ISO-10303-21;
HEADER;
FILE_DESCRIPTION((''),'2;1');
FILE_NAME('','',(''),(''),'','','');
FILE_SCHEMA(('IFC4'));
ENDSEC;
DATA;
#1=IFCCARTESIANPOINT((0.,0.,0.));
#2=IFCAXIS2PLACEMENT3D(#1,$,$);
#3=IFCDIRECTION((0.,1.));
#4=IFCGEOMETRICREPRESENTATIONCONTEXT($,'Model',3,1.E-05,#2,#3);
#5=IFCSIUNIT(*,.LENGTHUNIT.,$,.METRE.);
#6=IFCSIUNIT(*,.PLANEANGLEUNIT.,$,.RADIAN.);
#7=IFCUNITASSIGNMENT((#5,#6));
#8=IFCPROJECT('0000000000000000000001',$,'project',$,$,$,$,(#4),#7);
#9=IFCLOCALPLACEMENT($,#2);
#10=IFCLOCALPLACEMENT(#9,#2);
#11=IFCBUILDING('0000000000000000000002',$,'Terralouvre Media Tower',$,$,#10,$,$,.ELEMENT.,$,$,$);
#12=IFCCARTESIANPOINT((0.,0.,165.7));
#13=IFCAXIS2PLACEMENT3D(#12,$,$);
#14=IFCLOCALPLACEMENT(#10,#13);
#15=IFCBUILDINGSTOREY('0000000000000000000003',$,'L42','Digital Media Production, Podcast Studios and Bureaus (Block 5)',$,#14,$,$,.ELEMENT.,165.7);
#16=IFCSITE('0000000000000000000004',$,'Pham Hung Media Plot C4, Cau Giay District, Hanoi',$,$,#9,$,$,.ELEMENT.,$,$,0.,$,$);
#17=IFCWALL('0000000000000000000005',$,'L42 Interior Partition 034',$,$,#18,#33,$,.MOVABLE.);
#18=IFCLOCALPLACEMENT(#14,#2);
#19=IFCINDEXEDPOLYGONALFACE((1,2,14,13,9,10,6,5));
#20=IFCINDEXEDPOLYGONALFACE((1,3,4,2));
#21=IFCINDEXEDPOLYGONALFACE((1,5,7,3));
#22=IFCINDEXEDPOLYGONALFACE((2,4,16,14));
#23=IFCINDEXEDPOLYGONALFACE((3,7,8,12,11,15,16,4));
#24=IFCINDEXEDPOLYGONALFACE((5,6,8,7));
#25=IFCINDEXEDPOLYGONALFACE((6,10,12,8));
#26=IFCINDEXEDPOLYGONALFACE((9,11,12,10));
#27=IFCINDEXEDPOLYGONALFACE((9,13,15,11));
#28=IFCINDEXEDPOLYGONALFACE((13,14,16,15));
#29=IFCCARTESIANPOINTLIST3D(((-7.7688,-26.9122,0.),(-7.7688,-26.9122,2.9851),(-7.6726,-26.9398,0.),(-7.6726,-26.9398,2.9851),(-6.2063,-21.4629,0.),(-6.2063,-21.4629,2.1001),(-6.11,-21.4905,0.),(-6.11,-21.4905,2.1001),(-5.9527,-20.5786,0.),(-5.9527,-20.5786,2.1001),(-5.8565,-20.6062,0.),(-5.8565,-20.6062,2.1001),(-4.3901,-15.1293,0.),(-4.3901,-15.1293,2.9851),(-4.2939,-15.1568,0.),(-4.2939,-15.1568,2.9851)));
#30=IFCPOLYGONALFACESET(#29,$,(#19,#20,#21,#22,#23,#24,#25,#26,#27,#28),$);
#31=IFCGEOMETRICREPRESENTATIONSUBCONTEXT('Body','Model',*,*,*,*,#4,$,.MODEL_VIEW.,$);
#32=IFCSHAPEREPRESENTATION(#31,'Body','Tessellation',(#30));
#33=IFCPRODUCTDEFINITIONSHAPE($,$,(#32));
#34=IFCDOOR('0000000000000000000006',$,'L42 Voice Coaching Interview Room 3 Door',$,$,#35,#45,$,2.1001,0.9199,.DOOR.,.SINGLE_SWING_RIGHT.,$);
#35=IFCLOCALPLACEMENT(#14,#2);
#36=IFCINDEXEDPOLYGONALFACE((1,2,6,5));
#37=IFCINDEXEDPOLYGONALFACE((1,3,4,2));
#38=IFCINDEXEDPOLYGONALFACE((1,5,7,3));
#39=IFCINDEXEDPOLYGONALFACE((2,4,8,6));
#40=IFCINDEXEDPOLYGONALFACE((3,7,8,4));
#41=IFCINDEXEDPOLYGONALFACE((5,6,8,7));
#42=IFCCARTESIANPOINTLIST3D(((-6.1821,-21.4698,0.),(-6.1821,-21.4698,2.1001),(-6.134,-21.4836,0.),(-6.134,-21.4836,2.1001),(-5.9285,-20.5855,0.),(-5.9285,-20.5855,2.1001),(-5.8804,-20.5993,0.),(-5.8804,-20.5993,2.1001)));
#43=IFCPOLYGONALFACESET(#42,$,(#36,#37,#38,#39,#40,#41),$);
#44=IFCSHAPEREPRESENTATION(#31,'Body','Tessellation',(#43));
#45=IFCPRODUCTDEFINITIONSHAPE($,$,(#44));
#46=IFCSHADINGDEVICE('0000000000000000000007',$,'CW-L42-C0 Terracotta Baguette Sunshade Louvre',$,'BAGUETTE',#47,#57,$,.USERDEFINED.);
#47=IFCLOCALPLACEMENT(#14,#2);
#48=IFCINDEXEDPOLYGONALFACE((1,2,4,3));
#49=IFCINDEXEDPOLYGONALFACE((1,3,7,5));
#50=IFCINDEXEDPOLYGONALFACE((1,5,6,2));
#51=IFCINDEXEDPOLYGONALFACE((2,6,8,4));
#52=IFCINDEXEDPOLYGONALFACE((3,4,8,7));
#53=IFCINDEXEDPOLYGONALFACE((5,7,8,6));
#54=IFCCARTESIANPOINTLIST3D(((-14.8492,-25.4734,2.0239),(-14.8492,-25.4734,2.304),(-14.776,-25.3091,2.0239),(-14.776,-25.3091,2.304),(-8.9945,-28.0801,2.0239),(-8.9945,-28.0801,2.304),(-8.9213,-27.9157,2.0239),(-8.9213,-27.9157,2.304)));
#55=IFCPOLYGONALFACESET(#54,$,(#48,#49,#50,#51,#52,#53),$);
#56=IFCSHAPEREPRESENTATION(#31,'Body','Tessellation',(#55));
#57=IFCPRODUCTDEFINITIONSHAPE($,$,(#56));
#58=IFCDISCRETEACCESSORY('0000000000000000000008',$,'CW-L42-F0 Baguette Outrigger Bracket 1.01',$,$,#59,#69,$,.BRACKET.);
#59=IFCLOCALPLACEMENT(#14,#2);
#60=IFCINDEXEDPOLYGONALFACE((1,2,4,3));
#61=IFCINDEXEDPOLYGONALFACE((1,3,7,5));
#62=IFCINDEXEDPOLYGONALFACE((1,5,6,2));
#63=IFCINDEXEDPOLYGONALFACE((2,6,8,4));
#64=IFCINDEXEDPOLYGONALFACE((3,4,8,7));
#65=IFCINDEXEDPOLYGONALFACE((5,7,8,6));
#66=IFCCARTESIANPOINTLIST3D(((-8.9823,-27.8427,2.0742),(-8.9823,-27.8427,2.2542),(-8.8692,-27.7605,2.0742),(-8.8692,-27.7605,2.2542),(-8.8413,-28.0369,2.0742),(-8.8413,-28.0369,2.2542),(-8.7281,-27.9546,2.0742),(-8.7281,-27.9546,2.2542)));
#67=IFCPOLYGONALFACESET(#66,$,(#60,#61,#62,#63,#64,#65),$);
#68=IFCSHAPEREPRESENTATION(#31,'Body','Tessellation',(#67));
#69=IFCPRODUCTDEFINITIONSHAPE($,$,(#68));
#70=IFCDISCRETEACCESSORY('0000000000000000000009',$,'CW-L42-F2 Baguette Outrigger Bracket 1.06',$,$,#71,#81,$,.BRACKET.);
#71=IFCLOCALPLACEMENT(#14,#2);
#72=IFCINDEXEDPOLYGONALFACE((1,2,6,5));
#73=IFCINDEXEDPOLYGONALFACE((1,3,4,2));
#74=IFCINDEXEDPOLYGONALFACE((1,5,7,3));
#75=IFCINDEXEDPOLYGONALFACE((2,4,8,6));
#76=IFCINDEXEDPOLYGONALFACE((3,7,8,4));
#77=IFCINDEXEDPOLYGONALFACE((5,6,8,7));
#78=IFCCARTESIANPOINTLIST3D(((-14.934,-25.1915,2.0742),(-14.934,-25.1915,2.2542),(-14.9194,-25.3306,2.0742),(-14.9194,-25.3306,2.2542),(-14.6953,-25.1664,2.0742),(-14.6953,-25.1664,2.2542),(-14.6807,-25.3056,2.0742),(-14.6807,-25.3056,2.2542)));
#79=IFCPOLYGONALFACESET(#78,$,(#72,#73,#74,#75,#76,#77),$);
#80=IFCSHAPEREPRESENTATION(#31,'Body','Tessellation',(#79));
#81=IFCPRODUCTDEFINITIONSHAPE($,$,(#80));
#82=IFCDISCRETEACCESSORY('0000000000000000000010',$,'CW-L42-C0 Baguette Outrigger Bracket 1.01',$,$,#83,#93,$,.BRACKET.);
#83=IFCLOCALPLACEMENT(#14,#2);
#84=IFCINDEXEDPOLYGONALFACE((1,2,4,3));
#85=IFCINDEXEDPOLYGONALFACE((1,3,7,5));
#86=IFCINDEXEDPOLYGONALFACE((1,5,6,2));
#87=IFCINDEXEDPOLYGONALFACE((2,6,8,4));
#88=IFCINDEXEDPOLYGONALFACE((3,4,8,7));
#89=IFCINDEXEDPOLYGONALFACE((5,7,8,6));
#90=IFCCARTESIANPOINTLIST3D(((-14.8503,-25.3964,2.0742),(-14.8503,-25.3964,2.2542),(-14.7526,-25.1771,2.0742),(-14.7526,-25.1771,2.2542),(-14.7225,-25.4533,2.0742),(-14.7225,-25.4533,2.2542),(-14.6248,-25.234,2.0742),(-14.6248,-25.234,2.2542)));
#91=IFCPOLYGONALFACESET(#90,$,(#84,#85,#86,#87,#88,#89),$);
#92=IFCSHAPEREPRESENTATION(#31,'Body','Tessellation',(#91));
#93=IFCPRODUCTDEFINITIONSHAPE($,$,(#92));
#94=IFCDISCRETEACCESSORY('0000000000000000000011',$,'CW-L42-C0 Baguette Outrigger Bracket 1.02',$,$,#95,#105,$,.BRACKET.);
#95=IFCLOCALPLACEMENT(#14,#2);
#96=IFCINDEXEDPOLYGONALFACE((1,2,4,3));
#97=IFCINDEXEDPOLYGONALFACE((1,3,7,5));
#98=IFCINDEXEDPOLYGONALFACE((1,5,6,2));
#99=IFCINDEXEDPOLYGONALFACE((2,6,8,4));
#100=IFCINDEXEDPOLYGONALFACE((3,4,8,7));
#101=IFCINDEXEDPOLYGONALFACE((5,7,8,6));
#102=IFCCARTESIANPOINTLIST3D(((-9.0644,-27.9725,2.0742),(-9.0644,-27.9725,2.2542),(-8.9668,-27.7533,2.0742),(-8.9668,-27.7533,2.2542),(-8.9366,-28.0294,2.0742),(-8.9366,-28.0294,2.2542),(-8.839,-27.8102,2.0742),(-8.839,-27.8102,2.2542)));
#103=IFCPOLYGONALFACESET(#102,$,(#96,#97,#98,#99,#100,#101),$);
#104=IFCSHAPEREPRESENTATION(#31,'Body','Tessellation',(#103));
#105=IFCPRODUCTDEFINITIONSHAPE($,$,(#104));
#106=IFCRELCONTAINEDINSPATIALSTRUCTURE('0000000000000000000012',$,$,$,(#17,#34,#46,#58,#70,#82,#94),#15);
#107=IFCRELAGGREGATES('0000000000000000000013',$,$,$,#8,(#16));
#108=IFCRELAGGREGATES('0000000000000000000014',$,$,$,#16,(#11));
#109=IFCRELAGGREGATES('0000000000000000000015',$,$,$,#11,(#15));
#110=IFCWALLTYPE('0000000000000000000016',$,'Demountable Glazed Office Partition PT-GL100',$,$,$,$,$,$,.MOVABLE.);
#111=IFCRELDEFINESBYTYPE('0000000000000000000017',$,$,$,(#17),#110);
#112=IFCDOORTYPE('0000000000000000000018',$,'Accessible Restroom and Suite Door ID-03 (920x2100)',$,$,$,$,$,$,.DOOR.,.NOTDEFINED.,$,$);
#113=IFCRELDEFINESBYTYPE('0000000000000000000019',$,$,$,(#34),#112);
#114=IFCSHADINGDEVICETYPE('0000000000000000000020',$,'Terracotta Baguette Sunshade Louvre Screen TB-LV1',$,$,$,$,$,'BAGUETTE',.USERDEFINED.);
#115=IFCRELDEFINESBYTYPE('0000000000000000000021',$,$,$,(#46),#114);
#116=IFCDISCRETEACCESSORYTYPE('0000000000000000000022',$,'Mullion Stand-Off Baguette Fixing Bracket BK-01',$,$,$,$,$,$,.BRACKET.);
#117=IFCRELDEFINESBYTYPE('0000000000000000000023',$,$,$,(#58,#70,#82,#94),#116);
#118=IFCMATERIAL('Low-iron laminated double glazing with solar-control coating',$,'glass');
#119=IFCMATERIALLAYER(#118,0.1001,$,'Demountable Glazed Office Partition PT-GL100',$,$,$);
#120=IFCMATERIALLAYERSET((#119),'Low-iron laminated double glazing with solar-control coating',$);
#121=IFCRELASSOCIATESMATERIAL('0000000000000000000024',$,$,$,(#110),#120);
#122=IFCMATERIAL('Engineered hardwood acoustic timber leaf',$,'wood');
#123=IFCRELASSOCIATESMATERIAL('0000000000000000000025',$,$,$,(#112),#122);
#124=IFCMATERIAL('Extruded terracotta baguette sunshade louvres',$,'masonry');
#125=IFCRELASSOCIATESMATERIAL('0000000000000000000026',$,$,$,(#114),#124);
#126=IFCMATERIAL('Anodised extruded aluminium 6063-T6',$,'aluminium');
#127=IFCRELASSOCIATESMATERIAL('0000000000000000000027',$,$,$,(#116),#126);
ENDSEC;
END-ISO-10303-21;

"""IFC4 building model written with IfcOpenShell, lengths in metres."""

from ifc_helpers import new_model, si_unit, direction, frame, frame_2d, origin, origin_2d, place, context, subcontext, project, spatial, rectangle, extrude, material, layer, layer_set, type_object, element, fill, save


model = new_model("IFC4")

# Units and contexts
model_context = context("Model", 3, precision=1e-05, world=origin(), true_north=direction((0.0, 1.0)))
body_context = subcontext(model_context, "Body", "Model", "MODEL_VIEW")
ifc_project = project(units=[si_unit("LENGTHUNIT", "METRE"), si_unit("PLANEANGLEUNIT", "RADIAN")], contexts=[model_context])

# Site, building, storey
site_placement = place(None, origin())
site = spatial("IfcSite", under=ifc_project, at=site_placement, Name="Pham Hung Media Plot C4, Cau Giay District, Hanoi", CompositionType="ELEMENT", RefElevation=0.0)
building_placement = place(site_placement, origin())
building = spatial("IfcBuilding", under=site, at=building_placement, Name="Terralouvre Media Tower", CompositionType="ELEMENT")
storey_placement = place(building_placement, frame((0.0, 0.0, 165.7)))
storey = spatial("IfcBuildingStorey", under=building, at=storey_placement, Name="L42", Description="Digital Media Production, Podcast Studios and Bureaus (Block 5)", CompositionType="ELEMENT", Elevation=165.7)

# Wall, opening, door
ifc_material_1 = material(Name="Low-iron laminated double glazing with solar-control coating", Category="glass")
ifc_layer_1 = layer(ifc_material_1, 0.1001, Name="Demountable Glazed Office Partition PT-GL100")
ifc_layer_set_1 = layer_set([ifc_layer_1], Name="Low-iron laminated double glazing with solar-control coating")
wall_type = type_object("IfcWallType", Name="Demountable Glazed Office Partition PT-GL100", PredefinedType="MOVABLE", material=ifc_layer_set_1)
wall_placement = place(storey_placement, frame((-7.7207, -26.926, 0.0), z_axis=(0.0, 0.0, 1.0), x_axis=(0.275634, 0.961263, 0.0)))
wall = element("IfcWall", 1, at=wall_placement, inside=storey, type_object=wall_type, Name="L42 Interior Partition 034", PredefinedType="MOVABLE", context=body_context, shape_type="SweptSolid", body=[
    extrude(rectangle(XDim=12.2578, YDim=0.1001, at=frame_2d((6.1289, 0.0))), origin(), (0.0, 0.0, 1.0), 2.9851),
])
opening_placement = place(wall_placement, frame((5.6689, 0.0, 0.0)))
opening = element("IfcOpeningElement", 2, at=opening_placement, cuts=wall, PredefinedType="OPENING", context=body_context, shape_type="SweptSolid", body=[
    extrude(rectangle(XDim=0.9199, YDim=2.1001, at=frame_2d((0.46, 1.05))), frame((0.0, 0.0601, 0.0), z_axis=(0.0, -1.0, 0.0), x_axis=(1.0, 0.0, 0.0)), (0.0, 0.0, 1.0), 0.1201),
])
ifc_material_2 = material(Name="Engineered hardwood acoustic timber leaf", Category="wood")
door_type = type_object("IfcDoorType", Name="Accessible Restroom and Suite Door ID-03 (920x2100)", OperationType="NOTDEFINED", PredefinedType="DOOR", material=ifc_material_2)
door_placement = place(opening_placement, origin())
door = element("IfcDoor", 3, at=door_placement, inside=storey, type_object=door_type, Name="L42 Voice Coaching Interview Room 3 Door", OperationType="SINGLE_SWING_RIGHT", OverallHeight=2.1001, OverallWidth=0.9199, PredefinedType="DOOR", context=body_context, shape_type="SweptSolid", body=[
    extrude(rectangle(XDim=0.9199, YDim=2.1001, at=frame_2d((0.46, 1.05))), frame((0.0, 0.0249, 0.0), z_axis=(0.0, -1.0, 0.0), x_axis=(1.0, 0.0, 0.0)), (0.0, 0.0, 1.0), 0.05),
])
fill(opening, door)

# Shading device
ifc_material_3 = material(Name="Extruded terracotta baguette sunshade louvres", Category="masonry")
shading_device_type = type_object("IfcShadingDeviceType", Name="Terracotta Baguette Sunshade Louvre Screen TB-LV1", ElementType="BAGUETTE", PredefinedType="USERDEFINED", material=ifc_material_3)
shading_device_placement = place(storey_placement, frame((-11.8853, -26.6946, 2.0239), z_axis=(0.0, 0.0, 1.0), x_axis=(0.913545, -0.406737, 0.0)))
element("IfcShadingDevice", 4, at=shading_device_placement, inside=storey, type_object=shading_device_type, Name="CW-L42-C0 Terracotta Baguette Sunshade Louvre", ObjectType="BAGUETTE", PredefinedType="USERDEFINED", context=body_context, shape_type="SweptSolid", body=[
    extrude(rectangle(XDim=6.4087, YDim=0.1799, at=origin_2d()), origin(), (0.0, 0.0, 1.0), 0.28),
])

# Discrete accessories
ifc_material_4 = material(Name="Anodised extruded aluminium 6063-T6", Category="aluminium")
discrete_accessory_type = type_object("IfcDiscreteAccessoryType", Name="Mullion Stand-Off Baguette Fixing Bracket BK-01", PredefinedType="BRACKET", material=ifc_material_4)
for number, where, z_axis, x_axis, name in (
    (5, (-8.8552, -27.8987, 2.0742), (0.0, 0.0, 1.0), (0.809017, 0.587785, 0.0), "CW-L42-F0 Baguette Outrigger Bracket 1.01"),
    (6, (-14.8074, -25.2485, 2.0742), (0.0, 0.0, 1.0), (0.104528, -0.994522, 0.0), "CW-L42-F2 Baguette Outrigger Bracket 1.06"),
    (7, (-14.7375, -25.3152, 2.0742), (0.0, 0.0, 1.0), (0.913545, -0.406737, 0.0), "CW-L42-C0 Baguette Outrigger Bracket 1.01"),
    (8, (-8.9517, -27.8914, 2.0742), (0.0, 0.0, 1.0), (0.913545, -0.406737, 0.0), "CW-L42-C0 Baguette Outrigger Bracket 1.02"),
):
    element("IfcDiscreteAccessory", number, at=place(storey_placement, frame(where, z_axis=z_axis, x_axis=x_axis)), inside=storey, type_object=discrete_accessory_type, Name=name, PredefinedType="BRACKET", context=body_context, shape_type="SweptSolid", body=[
        extrude(rectangle(XDim=0.1399, YDim=0.24, at=origin_2d()), origin(), (0.0, 0.0, 1.0), 0.1799),
    ])

save(model, "model.ifc")
